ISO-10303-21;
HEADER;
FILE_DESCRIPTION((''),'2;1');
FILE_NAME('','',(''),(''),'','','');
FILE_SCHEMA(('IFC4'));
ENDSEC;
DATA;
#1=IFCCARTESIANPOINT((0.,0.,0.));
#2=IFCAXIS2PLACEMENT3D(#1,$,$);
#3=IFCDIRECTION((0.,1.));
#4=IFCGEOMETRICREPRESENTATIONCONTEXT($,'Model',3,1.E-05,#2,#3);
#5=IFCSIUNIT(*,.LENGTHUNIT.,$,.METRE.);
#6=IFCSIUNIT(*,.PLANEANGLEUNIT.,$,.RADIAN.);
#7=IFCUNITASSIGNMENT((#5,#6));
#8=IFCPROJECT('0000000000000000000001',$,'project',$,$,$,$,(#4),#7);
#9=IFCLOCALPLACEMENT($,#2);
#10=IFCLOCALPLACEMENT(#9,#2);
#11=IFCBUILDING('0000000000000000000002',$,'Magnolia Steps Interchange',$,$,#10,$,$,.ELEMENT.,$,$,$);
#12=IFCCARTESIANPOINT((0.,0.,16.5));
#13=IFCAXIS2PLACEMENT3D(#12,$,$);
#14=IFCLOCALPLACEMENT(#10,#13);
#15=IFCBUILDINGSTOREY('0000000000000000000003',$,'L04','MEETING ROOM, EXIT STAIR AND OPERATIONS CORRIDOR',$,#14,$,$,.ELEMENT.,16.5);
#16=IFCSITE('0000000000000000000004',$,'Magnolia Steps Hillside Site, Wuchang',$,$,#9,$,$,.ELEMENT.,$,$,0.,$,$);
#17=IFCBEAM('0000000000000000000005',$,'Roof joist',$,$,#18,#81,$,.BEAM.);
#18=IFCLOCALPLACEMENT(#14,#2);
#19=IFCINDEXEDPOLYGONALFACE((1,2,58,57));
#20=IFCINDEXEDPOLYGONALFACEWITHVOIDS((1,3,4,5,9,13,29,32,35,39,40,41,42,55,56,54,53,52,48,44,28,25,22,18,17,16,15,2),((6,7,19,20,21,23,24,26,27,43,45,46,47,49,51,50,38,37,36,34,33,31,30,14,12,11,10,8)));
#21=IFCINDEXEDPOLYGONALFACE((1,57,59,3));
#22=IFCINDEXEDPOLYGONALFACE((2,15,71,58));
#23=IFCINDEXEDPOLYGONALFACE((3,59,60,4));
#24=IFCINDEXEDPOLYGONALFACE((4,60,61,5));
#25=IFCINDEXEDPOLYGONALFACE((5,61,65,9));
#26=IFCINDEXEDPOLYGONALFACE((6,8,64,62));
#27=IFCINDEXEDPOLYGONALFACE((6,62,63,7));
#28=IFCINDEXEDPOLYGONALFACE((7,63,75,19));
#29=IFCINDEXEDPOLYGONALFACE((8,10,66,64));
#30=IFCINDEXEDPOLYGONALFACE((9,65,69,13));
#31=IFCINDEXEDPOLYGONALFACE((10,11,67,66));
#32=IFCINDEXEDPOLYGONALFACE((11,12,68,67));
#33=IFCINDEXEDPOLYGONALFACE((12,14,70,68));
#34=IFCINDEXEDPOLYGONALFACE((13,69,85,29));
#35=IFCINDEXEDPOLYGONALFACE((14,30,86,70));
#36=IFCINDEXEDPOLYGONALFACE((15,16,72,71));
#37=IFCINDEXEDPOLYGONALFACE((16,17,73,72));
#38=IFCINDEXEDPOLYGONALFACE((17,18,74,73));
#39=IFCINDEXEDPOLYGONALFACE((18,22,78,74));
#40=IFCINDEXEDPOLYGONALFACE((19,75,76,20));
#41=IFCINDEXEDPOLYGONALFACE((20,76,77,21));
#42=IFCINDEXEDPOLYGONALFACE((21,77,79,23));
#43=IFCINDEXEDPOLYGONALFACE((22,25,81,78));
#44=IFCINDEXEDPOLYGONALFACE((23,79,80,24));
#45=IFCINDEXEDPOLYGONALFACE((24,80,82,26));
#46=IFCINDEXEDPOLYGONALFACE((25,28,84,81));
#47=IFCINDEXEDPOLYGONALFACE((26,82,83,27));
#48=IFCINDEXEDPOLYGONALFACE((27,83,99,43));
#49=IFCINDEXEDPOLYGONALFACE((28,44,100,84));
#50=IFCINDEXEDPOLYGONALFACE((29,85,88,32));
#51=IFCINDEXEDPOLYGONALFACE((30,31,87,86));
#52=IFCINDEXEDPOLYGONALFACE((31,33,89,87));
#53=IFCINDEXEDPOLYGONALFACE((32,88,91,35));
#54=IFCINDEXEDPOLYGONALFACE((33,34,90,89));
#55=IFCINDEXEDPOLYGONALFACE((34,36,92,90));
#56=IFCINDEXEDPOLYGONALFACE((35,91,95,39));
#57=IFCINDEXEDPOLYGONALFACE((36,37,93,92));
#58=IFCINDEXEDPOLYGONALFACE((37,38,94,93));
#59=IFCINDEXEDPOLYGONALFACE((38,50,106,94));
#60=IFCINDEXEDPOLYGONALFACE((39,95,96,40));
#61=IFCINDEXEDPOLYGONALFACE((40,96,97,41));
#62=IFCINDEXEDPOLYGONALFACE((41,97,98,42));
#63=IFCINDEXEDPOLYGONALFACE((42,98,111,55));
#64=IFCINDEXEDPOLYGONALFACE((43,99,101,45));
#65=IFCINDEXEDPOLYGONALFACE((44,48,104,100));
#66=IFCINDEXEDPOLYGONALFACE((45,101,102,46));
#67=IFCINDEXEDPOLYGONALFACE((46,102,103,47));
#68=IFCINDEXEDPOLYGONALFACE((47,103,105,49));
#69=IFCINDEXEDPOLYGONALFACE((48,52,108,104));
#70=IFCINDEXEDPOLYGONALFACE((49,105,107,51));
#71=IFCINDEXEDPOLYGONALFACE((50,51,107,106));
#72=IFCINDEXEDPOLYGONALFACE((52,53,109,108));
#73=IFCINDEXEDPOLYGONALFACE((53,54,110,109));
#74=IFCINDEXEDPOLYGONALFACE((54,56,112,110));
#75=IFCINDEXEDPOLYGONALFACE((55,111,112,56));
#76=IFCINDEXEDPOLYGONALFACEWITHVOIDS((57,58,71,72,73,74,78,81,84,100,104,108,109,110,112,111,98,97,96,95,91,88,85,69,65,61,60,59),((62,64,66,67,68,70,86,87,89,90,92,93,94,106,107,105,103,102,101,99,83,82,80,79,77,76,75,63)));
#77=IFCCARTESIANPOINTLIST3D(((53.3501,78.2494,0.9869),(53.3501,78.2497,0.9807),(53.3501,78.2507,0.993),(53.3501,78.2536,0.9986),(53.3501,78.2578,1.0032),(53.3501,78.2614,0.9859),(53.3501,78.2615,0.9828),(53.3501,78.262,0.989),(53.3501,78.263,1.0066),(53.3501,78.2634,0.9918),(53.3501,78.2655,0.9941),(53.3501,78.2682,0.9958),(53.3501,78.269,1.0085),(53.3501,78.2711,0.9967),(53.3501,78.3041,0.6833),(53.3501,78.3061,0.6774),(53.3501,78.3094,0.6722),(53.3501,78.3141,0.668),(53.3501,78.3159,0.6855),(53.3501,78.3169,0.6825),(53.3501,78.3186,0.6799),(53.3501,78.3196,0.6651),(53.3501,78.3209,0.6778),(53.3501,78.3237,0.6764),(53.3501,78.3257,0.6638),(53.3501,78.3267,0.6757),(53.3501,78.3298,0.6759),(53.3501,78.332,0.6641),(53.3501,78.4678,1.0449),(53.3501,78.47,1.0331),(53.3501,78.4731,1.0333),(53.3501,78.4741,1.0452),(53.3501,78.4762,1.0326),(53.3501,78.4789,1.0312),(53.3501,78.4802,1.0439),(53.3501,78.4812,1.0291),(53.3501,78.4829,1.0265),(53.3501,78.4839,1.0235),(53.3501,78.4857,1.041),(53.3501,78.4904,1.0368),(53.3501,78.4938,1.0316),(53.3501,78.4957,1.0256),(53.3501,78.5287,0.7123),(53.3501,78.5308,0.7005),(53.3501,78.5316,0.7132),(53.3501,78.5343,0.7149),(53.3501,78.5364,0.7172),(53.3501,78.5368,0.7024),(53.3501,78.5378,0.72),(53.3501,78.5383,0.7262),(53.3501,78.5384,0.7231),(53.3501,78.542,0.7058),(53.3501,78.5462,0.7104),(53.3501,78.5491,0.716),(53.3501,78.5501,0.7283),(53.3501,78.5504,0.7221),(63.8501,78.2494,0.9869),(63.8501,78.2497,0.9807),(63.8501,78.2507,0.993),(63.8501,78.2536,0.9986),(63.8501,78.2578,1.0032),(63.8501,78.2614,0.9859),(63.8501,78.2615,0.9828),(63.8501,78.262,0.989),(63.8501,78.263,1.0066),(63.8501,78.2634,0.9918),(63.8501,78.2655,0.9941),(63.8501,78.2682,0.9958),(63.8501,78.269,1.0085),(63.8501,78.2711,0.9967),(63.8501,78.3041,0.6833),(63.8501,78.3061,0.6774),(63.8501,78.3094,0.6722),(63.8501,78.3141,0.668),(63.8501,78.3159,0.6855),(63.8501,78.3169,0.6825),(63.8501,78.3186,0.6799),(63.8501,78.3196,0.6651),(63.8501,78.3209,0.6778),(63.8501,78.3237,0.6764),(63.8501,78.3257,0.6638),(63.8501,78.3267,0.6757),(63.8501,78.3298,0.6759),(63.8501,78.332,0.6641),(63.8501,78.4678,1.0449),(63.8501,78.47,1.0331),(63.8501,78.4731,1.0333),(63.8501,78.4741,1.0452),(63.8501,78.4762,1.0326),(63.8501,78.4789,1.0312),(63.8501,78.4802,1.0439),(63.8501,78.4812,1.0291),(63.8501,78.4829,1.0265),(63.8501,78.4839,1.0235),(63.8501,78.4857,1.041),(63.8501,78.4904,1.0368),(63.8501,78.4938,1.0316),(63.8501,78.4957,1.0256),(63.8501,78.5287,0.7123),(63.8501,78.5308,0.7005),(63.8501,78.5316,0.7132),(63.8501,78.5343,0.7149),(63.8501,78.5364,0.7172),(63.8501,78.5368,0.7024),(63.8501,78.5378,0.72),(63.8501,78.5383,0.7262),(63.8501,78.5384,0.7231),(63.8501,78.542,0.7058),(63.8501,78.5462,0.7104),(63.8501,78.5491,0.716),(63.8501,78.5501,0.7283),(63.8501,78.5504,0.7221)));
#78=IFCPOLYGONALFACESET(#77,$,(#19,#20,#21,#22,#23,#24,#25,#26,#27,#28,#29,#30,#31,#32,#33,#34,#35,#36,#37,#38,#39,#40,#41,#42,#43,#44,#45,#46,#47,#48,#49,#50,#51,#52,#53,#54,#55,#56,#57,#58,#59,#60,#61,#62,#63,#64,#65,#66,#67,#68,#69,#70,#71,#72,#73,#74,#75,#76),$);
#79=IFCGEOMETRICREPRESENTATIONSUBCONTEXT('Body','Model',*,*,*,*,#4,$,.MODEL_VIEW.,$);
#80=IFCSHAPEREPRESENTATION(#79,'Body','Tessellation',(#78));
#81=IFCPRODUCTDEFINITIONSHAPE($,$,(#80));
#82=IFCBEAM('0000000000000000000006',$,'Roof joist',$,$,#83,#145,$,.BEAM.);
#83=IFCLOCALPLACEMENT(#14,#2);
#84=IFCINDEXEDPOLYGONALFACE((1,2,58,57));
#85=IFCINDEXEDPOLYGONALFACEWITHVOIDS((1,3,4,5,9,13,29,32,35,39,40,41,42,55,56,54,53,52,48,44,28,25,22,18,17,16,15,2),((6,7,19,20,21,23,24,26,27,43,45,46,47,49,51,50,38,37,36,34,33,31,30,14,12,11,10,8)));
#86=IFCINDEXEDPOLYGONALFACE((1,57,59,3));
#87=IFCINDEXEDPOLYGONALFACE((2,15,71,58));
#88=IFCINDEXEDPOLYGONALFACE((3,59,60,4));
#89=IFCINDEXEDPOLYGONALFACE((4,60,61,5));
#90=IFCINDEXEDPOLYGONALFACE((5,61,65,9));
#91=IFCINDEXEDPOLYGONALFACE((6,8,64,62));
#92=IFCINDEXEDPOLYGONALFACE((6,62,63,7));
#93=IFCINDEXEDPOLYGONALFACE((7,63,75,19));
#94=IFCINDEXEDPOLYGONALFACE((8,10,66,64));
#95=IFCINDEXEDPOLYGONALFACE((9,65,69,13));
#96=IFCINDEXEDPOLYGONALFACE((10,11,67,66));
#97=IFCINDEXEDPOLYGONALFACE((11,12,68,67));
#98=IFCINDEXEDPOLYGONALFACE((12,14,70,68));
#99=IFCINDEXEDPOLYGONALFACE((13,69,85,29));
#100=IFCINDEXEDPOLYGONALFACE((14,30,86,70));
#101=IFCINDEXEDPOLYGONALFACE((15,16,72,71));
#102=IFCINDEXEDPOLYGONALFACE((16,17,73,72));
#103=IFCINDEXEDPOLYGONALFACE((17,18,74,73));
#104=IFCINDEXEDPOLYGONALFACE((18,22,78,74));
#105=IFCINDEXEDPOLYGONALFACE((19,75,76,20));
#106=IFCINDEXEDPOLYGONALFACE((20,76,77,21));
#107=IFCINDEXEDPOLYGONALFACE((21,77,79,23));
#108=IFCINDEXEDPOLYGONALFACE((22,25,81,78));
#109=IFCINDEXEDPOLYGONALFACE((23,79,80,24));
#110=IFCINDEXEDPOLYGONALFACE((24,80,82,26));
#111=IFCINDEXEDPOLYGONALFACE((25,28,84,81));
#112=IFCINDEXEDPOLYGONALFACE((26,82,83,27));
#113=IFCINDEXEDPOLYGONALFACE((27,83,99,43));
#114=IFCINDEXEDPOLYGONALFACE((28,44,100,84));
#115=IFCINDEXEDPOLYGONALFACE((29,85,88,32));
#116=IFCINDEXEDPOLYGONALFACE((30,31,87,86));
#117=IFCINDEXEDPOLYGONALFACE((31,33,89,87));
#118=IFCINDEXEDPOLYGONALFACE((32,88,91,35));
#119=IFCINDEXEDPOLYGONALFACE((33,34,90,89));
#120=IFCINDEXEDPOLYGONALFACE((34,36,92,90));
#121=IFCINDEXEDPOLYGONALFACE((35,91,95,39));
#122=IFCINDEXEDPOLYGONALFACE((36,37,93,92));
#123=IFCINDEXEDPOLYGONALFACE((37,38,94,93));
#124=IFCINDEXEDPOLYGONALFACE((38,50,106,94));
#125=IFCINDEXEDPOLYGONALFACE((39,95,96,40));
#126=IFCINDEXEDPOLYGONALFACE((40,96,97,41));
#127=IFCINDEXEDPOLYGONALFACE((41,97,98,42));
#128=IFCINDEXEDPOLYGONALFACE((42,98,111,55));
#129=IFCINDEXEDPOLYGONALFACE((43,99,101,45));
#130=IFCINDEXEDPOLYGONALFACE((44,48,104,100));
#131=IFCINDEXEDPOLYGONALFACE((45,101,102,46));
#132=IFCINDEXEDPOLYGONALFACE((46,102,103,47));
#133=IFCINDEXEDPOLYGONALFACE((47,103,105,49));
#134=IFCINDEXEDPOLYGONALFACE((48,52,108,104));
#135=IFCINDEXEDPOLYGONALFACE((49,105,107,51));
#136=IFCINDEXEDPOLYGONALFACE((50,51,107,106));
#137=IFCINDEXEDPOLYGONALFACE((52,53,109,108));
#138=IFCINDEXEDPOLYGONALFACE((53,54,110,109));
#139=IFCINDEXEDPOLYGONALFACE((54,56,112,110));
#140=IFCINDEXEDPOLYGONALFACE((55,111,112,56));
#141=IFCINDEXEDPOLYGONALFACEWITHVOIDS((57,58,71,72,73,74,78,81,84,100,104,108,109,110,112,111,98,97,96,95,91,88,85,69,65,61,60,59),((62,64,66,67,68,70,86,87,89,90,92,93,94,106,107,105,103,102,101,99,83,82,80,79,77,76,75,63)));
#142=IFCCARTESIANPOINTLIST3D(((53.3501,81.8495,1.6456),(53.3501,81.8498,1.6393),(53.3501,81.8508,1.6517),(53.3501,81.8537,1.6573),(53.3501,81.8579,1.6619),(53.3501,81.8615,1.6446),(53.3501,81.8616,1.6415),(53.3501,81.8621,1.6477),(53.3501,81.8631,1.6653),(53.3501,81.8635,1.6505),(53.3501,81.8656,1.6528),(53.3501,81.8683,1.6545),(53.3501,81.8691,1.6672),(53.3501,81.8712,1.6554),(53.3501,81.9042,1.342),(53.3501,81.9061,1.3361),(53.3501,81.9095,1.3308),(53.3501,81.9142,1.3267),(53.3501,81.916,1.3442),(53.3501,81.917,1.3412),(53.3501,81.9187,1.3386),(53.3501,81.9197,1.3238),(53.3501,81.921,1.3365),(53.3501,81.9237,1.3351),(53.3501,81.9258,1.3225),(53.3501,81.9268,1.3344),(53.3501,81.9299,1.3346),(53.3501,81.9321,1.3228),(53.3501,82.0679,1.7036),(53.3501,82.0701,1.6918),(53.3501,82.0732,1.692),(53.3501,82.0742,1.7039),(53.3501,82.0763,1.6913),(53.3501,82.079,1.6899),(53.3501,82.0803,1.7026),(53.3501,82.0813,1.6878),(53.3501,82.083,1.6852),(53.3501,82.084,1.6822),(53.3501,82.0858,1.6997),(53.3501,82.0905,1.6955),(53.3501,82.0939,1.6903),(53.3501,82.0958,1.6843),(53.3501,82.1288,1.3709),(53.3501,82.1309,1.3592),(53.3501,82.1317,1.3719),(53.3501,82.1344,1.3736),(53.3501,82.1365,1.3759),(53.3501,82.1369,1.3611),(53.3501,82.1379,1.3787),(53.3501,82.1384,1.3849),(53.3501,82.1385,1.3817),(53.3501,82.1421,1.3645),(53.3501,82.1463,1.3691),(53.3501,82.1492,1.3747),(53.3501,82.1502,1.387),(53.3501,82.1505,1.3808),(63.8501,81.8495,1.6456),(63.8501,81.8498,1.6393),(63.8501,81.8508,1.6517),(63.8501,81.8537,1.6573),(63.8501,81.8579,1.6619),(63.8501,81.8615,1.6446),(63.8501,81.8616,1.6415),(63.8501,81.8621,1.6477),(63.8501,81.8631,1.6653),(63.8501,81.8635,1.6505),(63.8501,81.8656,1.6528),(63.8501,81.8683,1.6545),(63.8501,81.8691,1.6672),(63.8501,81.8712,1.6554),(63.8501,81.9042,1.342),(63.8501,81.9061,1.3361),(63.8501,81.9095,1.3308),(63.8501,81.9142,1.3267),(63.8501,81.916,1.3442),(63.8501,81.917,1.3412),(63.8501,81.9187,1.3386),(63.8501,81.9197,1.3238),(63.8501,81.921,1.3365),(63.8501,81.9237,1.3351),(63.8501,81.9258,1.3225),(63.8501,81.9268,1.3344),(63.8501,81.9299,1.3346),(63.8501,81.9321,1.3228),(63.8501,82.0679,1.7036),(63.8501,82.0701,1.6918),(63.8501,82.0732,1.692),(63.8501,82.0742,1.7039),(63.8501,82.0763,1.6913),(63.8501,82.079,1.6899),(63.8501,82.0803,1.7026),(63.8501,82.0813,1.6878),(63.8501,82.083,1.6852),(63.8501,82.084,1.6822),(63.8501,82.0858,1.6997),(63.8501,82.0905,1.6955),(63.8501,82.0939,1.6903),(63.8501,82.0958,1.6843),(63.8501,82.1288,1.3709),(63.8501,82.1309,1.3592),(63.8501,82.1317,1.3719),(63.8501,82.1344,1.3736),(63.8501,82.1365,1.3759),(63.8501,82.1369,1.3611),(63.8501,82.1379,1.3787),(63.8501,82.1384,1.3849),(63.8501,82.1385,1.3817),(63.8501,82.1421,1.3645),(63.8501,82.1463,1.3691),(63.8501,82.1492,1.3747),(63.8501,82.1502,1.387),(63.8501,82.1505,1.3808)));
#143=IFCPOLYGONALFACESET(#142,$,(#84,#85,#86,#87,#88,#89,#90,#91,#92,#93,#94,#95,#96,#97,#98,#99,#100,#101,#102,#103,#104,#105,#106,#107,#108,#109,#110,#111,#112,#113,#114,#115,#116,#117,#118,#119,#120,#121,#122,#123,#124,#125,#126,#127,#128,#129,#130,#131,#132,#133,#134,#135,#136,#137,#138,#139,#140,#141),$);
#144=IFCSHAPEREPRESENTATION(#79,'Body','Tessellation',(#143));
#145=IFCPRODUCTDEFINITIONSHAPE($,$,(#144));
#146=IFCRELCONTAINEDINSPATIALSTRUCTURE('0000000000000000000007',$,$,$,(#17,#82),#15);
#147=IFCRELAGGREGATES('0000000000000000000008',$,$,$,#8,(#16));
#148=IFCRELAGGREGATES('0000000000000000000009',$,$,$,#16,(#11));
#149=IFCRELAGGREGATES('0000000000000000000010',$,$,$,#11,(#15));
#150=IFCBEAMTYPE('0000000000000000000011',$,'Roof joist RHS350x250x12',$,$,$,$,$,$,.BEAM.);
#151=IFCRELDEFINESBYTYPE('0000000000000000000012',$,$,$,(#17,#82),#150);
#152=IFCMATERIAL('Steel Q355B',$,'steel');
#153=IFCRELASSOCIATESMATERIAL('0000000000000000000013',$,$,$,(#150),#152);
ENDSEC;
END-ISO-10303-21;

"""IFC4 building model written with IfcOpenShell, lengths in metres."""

from ifc_helpers import new_model, si_unit, direction, frame, origin, origin_2d, place, context, subcontext, project, spatial, hollow_rectangle, extrude, material, material_profile, profile_set, type_object, element, save


model = new_model("IFC4")

# Units and contexts
model_context = context("Model", 3, precision=1e-05, world=origin(), true_north=direction((0.0, 1.0)))
body_context = subcontext(model_context, "Body", "Model", "MODEL_VIEW")
ifc_project = project(units=[si_unit("LENGTHUNIT", "METRE"), si_unit("PLANEANGLEUNIT", "RADIAN")], contexts=[model_context])

# Site, building, storey
site_placement = place(None, origin())
site = spatial("IfcSite", under=ifc_project, at=site_placement, Name="Magnolia Steps Hillside Site, Wuchang", CompositionType="ELEMENT", RefElevation=0.0)
building_placement = place(site_placement, origin())
building = spatial("IfcBuilding", under=site, at=building_placement, Name="Magnolia Steps Interchange", CompositionType="ELEMENT")
storey_placement = place(building_placement, frame((0.0, 0.0, 16.5)))
storey = spatial("IfcBuildingStorey", under=building, at=storey_placement, Name="L04", Description="MEETING ROOM, EXIT STAIR AND OPERATIONS CORRIDOR", CompositionType="ELEMENT", Elevation=16.5)

# Beams
ifc_material_1 = material(Name="Steel Q355B", Category="steel")
ifc_material_profile_1 = material_profile(ifc_material_1, hollow_rectangle(XDim=0.25, YDim=0.3501, WallThickness=0.012, InnerFilletRadius=0.012, OuterFilletRadius=0.0239, at=origin_2d()), Name="RHS350x250x12")
ifc_profile_set_1 = profile_set([ifc_material_profile_1], Name="Steel Q355B")
beam_type_1 = type_object("IfcBeamType", Name="Roof joist RHS350x250x12", PredefinedType="BEAM", material=ifc_profile_set_1)
for number, where, z_axis, x_axis, name in (
    (1, (53.3501, 78.3999, 0.8545), (1.0, 0.0, 0.0), (0.0, 0.983677, 0.179941), "Roof joist"),
    (2, (53.3501, 82.0, 1.5132), (1.0, 0.0, 0.0), (0.0, 0.983677, 0.179941), "Roof joist"),
):
    element("IfcBeam", number, at=place(storey_placement, frame(where, z_axis=z_axis, x_axis=x_axis)), inside=storey, type_object=beam_type_1, Name=name, PredefinedType="BEAM", context=body_context, shape_type="SweptSolid", body=[
        extrude(hollow_rectangle(XDim=0.25, YDim=0.3501, WallThickness=0.012, InnerFilletRadius=0.012, OuterFilletRadius=0.0239, at=origin_2d()), origin(), (0.0, 0.0, 1.0), 10.5),
    ])

save(model, "model.ifc")
